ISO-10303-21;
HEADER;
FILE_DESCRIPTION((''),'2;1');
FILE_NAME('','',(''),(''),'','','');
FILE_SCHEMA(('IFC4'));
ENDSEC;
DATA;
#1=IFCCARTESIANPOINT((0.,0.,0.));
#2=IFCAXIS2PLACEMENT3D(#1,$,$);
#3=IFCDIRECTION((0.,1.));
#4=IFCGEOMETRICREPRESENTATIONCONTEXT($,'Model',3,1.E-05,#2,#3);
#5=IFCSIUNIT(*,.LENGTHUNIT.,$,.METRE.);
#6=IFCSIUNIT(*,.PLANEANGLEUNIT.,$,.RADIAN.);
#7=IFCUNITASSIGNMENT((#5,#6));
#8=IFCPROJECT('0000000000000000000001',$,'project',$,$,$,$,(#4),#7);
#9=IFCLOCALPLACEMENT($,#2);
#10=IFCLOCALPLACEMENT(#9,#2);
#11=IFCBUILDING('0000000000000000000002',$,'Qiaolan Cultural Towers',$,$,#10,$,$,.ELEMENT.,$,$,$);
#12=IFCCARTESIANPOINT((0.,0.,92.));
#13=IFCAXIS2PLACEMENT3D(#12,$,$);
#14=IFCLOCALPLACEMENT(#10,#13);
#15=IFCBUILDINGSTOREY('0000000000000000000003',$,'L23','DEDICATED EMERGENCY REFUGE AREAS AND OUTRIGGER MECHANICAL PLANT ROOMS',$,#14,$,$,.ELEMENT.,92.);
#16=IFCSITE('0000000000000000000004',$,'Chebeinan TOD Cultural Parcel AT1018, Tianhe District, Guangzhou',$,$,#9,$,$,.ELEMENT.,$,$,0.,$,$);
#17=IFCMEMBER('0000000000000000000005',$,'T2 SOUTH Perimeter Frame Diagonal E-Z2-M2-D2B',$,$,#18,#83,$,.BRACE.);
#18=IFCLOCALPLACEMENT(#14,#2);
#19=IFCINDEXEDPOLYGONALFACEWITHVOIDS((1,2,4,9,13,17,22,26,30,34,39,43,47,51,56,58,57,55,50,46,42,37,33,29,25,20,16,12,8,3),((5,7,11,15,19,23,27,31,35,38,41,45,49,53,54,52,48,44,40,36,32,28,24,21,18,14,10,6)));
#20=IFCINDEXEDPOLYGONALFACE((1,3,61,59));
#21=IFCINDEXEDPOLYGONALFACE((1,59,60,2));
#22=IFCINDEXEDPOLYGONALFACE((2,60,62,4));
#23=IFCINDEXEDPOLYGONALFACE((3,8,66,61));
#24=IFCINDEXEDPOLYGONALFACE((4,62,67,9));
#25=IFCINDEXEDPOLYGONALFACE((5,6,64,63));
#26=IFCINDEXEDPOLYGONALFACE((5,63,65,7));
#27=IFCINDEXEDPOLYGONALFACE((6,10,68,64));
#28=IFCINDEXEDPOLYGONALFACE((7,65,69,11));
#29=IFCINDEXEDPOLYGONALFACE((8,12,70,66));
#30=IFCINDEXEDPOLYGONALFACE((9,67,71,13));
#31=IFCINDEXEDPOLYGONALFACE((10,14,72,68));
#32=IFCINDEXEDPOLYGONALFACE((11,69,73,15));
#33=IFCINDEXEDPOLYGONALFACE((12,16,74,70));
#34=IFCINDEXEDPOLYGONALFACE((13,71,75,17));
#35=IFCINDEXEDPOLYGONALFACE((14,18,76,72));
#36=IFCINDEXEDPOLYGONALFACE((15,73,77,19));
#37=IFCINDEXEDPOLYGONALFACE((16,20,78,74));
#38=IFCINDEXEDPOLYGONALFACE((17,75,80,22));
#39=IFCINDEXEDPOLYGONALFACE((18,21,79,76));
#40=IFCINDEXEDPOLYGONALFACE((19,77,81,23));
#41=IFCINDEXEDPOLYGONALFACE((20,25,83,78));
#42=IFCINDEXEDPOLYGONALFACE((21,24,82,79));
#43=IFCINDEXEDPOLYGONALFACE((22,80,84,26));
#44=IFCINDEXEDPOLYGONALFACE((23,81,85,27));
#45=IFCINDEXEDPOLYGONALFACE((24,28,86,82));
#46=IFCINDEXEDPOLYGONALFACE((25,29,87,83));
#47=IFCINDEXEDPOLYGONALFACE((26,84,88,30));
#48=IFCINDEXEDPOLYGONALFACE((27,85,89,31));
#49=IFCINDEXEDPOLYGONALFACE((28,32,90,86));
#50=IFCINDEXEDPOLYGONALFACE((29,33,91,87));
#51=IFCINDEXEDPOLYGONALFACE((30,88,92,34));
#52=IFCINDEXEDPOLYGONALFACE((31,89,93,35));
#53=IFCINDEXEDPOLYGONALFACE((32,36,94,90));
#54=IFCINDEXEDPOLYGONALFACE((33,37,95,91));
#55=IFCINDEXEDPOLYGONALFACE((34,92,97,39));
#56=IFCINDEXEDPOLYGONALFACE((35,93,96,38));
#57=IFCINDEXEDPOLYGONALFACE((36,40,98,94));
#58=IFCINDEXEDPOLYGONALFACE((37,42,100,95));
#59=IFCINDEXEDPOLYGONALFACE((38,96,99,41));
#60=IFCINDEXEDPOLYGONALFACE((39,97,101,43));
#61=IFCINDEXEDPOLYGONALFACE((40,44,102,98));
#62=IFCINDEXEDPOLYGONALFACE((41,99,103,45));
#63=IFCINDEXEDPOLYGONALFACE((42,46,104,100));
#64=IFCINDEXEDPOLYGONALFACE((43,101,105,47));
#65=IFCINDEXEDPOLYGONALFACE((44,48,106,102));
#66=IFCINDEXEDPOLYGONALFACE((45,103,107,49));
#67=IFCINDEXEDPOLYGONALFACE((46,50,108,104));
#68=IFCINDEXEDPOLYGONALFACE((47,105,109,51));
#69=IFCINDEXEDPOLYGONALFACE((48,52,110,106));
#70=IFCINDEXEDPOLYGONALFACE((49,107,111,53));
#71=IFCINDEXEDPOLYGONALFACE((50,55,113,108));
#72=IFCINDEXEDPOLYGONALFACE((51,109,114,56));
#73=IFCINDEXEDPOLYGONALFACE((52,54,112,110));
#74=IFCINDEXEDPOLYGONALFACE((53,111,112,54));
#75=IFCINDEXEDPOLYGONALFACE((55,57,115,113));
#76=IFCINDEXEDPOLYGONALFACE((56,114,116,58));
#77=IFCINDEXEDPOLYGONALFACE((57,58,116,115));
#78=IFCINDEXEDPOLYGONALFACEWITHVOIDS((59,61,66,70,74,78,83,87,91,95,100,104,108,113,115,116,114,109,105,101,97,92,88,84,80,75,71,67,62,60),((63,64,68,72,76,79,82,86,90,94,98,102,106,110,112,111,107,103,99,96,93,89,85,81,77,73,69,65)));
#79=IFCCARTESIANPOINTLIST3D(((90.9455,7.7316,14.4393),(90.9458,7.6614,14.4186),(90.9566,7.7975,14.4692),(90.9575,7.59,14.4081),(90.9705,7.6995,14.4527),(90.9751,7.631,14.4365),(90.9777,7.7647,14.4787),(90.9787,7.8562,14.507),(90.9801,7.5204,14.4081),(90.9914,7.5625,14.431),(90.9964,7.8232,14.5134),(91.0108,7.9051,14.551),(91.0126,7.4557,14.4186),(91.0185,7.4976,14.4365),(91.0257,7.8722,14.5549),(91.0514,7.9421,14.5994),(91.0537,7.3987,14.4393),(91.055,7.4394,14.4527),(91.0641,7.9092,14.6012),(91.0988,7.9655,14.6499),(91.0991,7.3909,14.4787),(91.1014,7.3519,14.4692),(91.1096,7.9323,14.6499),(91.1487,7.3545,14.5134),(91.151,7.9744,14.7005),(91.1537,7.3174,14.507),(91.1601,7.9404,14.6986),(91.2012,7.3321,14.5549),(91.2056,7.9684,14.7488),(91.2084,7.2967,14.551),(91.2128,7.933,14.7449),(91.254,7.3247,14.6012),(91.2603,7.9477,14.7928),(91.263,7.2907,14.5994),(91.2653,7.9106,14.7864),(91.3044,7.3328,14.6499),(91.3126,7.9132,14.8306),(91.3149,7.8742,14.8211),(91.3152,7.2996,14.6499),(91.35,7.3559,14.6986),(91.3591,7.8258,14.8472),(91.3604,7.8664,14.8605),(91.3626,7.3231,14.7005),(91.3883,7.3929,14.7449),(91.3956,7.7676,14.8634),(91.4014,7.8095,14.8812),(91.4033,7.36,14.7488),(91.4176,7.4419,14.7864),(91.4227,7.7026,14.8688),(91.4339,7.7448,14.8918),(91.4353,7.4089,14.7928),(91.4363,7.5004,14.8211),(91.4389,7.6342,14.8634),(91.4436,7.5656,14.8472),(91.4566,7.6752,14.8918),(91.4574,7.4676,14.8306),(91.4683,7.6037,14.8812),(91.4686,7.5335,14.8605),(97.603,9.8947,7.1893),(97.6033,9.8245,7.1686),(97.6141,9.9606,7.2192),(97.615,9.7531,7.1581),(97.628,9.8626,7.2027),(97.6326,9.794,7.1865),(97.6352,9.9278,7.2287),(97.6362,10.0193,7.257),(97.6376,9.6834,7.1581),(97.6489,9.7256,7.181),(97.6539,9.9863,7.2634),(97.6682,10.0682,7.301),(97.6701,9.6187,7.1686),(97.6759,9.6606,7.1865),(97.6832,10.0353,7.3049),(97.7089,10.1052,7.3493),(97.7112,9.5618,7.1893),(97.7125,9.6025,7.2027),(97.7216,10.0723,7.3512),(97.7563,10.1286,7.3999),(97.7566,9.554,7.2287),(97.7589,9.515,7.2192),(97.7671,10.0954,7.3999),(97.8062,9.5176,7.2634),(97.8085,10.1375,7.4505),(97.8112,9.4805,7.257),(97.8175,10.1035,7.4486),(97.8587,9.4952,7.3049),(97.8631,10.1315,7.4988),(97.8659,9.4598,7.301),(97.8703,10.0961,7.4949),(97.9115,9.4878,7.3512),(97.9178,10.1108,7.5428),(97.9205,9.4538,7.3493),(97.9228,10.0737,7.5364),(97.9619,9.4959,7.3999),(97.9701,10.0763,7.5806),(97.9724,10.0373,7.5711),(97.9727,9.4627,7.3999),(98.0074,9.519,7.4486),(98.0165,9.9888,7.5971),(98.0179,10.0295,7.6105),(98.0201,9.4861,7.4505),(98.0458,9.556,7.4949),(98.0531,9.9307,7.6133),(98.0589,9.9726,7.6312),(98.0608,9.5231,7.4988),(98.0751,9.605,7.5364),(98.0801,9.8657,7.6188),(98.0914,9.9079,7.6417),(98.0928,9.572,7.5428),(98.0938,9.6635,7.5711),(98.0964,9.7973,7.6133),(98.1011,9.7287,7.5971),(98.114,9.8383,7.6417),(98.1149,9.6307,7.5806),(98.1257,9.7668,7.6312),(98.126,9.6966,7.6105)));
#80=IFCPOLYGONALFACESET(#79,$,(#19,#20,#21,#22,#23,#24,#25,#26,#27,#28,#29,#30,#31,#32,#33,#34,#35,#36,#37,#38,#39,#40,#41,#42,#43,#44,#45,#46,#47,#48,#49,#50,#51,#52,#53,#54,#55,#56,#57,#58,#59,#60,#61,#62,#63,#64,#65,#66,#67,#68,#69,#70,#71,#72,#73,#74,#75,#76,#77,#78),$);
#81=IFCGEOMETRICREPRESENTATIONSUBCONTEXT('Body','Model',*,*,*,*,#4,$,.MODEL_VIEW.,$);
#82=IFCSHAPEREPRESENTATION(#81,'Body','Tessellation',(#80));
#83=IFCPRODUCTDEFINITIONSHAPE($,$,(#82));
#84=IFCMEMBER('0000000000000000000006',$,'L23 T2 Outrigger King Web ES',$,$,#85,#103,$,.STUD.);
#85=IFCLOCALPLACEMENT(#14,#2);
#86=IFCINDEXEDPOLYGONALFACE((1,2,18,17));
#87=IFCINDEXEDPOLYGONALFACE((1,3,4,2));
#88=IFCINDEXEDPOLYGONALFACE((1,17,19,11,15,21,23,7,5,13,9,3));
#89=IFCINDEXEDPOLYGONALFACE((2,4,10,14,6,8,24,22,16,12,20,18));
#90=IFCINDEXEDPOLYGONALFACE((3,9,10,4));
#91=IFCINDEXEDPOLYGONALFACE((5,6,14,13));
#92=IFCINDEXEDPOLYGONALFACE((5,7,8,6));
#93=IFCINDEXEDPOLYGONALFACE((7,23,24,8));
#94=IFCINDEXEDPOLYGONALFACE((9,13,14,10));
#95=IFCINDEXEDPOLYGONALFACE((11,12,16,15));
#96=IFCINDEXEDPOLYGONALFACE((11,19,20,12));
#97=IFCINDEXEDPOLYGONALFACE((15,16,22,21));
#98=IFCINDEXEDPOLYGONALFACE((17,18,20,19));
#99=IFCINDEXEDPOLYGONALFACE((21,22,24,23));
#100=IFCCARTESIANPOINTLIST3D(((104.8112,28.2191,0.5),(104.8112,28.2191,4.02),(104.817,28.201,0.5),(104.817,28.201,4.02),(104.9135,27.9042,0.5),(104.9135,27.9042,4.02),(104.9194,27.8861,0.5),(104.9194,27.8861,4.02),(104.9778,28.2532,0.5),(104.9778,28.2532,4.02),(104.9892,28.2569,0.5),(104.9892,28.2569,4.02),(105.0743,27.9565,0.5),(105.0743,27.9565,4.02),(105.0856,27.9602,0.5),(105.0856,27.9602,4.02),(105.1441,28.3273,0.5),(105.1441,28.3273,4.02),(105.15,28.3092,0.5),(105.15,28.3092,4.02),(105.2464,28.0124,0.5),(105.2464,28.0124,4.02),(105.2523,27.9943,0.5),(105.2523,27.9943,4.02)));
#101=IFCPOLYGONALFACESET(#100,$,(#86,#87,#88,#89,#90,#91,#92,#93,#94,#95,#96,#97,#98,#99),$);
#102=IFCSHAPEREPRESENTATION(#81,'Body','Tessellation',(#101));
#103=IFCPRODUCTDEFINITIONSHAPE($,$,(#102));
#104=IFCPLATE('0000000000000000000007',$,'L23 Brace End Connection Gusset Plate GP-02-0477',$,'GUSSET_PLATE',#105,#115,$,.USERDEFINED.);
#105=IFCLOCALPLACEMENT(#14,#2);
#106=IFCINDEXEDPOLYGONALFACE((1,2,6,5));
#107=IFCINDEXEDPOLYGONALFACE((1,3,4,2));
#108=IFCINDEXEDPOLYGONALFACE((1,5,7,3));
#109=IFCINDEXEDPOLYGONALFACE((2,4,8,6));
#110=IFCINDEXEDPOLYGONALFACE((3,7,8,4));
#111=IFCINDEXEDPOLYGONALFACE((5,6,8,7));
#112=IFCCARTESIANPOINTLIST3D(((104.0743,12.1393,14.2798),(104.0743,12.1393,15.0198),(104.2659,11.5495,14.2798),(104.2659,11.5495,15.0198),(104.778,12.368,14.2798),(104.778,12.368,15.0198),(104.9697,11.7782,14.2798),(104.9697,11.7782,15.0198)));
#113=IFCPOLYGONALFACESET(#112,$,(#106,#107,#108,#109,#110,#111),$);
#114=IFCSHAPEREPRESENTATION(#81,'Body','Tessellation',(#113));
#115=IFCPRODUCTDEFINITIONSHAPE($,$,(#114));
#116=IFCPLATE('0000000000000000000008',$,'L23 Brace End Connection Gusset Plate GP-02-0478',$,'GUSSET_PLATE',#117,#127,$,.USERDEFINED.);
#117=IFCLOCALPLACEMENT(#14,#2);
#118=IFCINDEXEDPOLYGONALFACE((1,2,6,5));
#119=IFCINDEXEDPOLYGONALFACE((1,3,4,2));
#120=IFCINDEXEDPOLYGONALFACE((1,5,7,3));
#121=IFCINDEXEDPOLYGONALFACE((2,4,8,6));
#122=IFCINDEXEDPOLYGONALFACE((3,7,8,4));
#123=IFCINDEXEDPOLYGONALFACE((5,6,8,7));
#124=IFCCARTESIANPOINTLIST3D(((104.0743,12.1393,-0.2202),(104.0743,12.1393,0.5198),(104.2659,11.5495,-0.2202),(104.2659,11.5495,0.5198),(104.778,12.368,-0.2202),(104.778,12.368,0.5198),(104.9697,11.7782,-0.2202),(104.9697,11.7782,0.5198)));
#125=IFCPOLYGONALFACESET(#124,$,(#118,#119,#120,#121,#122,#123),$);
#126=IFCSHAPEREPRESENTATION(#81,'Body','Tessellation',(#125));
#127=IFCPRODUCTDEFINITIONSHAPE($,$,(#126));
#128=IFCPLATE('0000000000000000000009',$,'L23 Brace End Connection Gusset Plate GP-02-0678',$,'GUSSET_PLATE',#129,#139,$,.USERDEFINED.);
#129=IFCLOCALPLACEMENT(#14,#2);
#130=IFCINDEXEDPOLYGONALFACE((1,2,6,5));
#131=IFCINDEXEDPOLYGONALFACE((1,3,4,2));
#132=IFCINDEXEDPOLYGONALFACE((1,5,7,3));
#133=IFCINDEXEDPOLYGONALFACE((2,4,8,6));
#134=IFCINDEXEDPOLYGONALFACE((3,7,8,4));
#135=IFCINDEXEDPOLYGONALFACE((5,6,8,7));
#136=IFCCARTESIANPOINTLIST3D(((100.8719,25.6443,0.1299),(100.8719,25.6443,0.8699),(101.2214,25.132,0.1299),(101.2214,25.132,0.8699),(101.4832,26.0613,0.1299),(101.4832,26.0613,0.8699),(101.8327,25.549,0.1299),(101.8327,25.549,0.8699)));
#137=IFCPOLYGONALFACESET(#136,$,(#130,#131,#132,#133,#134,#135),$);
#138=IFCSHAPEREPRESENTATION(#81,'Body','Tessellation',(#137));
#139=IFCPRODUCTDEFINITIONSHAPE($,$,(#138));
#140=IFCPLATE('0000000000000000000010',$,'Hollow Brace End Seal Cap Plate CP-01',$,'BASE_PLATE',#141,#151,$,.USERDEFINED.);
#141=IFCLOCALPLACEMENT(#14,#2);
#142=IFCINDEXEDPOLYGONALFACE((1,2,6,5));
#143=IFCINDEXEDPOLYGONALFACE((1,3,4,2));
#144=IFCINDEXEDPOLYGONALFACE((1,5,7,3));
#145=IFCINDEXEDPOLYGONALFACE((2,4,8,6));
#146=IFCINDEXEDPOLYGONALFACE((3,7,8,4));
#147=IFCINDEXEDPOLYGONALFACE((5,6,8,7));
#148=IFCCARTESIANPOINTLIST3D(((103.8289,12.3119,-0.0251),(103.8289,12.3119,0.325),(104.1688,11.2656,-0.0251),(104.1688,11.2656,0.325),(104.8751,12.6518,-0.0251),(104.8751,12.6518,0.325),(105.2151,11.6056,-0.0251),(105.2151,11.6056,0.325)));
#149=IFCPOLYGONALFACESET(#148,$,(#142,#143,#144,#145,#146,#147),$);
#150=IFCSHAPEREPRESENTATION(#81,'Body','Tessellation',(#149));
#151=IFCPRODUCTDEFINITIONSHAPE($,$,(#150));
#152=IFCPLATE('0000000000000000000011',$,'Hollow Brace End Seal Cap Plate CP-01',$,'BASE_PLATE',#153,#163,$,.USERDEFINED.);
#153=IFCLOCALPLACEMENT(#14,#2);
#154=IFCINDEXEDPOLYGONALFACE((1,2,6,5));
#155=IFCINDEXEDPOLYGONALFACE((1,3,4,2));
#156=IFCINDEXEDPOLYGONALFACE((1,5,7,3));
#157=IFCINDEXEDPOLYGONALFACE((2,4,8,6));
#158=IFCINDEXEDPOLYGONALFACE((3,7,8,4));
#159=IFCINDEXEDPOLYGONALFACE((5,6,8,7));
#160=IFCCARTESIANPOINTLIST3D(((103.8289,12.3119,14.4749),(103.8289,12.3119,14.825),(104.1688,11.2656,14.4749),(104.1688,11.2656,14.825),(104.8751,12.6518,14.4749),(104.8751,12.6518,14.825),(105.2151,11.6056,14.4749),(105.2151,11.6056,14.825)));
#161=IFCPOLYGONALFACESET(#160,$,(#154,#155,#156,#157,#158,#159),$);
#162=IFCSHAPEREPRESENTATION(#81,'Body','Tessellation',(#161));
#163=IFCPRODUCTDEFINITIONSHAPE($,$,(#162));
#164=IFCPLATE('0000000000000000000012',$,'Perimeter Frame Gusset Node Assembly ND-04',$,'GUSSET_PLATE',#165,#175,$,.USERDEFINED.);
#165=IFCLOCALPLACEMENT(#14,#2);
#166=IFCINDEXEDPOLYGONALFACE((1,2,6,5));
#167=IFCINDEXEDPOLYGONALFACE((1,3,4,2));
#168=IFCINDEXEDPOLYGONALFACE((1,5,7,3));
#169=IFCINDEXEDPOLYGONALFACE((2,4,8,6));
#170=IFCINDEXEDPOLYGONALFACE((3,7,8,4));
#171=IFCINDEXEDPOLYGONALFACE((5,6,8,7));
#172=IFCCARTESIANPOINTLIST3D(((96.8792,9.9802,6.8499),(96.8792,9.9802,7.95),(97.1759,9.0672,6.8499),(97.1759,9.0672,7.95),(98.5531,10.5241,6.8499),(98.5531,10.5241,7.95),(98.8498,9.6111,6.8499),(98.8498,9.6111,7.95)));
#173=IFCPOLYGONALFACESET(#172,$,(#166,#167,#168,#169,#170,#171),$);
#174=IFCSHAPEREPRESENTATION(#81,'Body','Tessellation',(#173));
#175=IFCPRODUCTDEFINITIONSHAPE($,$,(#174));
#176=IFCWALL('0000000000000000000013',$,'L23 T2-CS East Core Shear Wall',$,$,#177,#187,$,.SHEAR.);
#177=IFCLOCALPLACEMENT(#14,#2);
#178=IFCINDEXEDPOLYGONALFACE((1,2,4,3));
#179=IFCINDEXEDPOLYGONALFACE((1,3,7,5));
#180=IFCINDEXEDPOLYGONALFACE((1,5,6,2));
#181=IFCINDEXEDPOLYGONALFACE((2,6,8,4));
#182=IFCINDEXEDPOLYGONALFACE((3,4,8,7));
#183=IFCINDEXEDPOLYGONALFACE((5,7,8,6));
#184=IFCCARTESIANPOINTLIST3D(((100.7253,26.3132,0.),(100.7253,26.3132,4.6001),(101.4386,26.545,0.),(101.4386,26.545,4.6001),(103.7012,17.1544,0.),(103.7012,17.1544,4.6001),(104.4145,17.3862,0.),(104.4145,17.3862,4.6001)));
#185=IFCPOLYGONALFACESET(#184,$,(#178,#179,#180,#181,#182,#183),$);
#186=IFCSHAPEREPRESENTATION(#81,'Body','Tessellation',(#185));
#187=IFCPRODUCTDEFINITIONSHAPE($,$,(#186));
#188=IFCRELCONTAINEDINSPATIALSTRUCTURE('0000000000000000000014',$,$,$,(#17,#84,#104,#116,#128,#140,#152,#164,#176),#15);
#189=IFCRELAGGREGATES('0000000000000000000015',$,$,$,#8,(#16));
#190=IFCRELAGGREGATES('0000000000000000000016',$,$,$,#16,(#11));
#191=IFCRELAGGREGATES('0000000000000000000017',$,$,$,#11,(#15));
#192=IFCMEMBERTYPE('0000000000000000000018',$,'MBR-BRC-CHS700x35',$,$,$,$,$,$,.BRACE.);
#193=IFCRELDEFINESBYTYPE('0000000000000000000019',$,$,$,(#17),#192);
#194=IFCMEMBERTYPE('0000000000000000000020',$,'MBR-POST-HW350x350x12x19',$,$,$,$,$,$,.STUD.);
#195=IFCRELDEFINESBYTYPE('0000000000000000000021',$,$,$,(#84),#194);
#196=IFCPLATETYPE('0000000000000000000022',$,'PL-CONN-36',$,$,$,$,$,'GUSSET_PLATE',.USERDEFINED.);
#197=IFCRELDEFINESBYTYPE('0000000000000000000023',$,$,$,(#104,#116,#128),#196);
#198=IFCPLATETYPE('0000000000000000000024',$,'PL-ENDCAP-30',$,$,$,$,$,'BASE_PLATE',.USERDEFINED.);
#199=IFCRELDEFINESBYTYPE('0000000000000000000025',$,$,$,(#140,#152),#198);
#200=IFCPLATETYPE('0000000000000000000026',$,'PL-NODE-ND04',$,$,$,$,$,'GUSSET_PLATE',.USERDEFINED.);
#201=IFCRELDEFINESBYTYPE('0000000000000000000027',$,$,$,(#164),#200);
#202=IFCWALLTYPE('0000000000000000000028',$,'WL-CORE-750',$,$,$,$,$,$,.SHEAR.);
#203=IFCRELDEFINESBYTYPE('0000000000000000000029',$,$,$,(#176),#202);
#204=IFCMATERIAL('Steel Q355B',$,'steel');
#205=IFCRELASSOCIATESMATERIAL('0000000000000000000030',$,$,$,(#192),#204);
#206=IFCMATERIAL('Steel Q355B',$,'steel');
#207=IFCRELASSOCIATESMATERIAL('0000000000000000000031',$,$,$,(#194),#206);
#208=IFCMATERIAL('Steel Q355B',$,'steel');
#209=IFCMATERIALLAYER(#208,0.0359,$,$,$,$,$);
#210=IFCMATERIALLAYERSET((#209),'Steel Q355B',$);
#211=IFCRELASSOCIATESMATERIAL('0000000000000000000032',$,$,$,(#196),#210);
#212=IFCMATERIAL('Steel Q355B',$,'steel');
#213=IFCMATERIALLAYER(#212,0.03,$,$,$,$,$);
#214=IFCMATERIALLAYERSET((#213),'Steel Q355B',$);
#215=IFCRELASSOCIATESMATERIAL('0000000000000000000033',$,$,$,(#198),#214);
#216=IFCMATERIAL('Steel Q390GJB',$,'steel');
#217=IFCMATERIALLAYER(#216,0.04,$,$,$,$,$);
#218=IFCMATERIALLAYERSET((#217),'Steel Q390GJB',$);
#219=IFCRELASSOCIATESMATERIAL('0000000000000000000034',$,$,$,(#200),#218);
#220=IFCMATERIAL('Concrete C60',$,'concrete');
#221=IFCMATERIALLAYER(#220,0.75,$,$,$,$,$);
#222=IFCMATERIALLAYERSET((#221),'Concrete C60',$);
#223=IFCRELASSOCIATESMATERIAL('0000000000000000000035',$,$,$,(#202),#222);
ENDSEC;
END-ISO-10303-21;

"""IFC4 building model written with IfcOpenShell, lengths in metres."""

from ifc_helpers import new_model, si_unit, direction, frame, frame_2d, origin, origin_2d, place, context, subcontext, project, spatial, rectangle, hollow_circle, i_section, extrude, material, layer, layer_set, material_profile, profile_set, type_object, element, save


model = new_model("IFC4")

# Units and contexts
model_context = context("Model", 3, precision=1e-05, world=origin(), true_north=direction((0.0, 1.0)))
body_context = subcontext(model_context, "Body", "Model", "MODEL_VIEW")
ifc_project = project(units=[si_unit("LENGTHUNIT", "METRE"), si_unit("PLANEANGLEUNIT", "RADIAN")], contexts=[model_context])

# Site, building, storey
site_placement = place(None, origin())
site = spatial("IfcSite", under=ifc_project, at=site_placement, Name="Chebeinan TOD Cultural Parcel AT1018, Tianhe District, Guangzhou", CompositionType="ELEMENT", RefElevation=0.0)
building_placement = place(site_placement, origin())
building = spatial("IfcBuilding", under=site, at=building_placement, Name="Qiaolan Cultural Towers", CompositionType="ELEMENT")
storey_placement = place(building_placement, frame((0.0, 0.0, 92.0)))
storey = spatial("IfcBuildingStorey", under=building, at=storey_placement, Name="L23", Description="DEDICATED EMERGENCY REFUGE AREAS AND OUTRIGGER MECHANICAL PLANT ROOMS", CompositionType="ELEMENT", Elevation=92.0)

# Members
ifc_material_1 = material(Name="Steel Q355B", Category="steel")
ifc_material_profile_1 = material_profile(ifc_material_1, hollow_circle(Radius=0.3501, WallThickness=0.0349, at=origin_2d()), Name="CHS700x35")
ifc_profile_set_1 = profile_set([ifc_material_profile_1], Name="Steel Q355B")
member_type_1 = type_object("IfcMemberType", Name="MBR-BRC-CHS700x35", PredefinedType="BRACE", material=ifc_profile_set_1)
for number, where, z_axis, x_axis, name in (
    (1, (97.8645, 9.7957, 7.3999), (-0.660603, -0.214637, 0.719398), (0.30901, -0.951059, 0.0), "T2 SOUTH Perimeter Frame Diagonal E-Z2-M2-D2B"),
):
    element("IfcMember", number, at=place(storey_placement, frame(where, z_axis=z_axis, x_axis=x_axis)), inside=storey, type_object=member_type_1, Name=name, PredefinedType="BRACE", context=body_context, shape_type="SweptSolid", body=[
        extrude(hollow_circle(Radius=0.3501, WallThickness=0.0349, at=origin_2d()), origin(), (0.0, 0.0, 1.0), 10.0779),
    ])
ifc_material_2 = material(Name="Steel Q355B", Category="steel")
ifc_material_profile_2 = material_profile(ifc_material_2, i_section(OverallWidth=0.3501, OverallDepth=0.3501, WebThickness=0.012, FlangeThickness=0.019, at=origin_2d()), Name="HW350x350x12x19")
ifc_profile_set_2 = profile_set([ifc_material_profile_2], Name="Steel Q355B")
member_type_2 = type_object("IfcMemberType", Name="MBR-POST-HW350x350x12x19", PredefinedType="STUD", material=ifc_profile_set_2)
member_placement = place(storey_placement, frame((105.0317, 28.1067, 0.5), z_axis=(0.0, 0.0, 1.0), x_axis=(0.951057, 0.309017, 0.0)))
element("IfcMember", 2, at=member_placement, inside=storey, type_object=member_type_2, Name="L23 T2 Outrigger King Web ES", PredefinedType="STUD", context=body_context, shape_type="SweptSolid", body=[
    extrude(i_section(OverallWidth=0.3501, OverallDepth=0.3501, WebThickness=0.012, FlangeThickness=0.019, at=origin_2d()), origin(), (0.0, 0.0, 1.0), 3.52),
])

# Plates
ifc_material_3 = material(Name="Steel Q355B", Category="steel")
ifc_layer_1 = layer(ifc_material_3, 0.0359)
ifc_layer_set_1 = layer_set([ifc_layer_1], Name="Steel Q355B")
plate_type_1 = type_object("IfcPlateType", Name="PL-CONN-36", ElementType="GUSSET_PLATE", PredefinedType="USERDEFINED", material=ifc_layer_set_1)
for number, where, z_axis, x_axis, name in (
    (3, (104.522, 11.9587, 14.2798), (0.0, 0.0, 1.0), (0.951057, 0.309017, 0.0), "L23 Brace End Connection Gusset Plate GP-02-0477"),
    (4, (104.522, 11.9587, -0.2202), (0.0, 0.0, 1.0), (0.951057, 0.309017, 0.0), "L23 Brace End Connection Gusset Plate GP-02-0478"),
    (5, (101.3523, 25.5967, 0.1299), (0.0, 0.0, 1.0), (0.82611, 0.563509, 0.0), "L23 Brace End Connection Gusset Plate GP-02-0678"),
):
    element("IfcPlate", number, at=place(storey_placement, frame(where, z_axis=z_axis, x_axis=x_axis)), inside=storey, type_object=plate_type_1, Name=name, ObjectType="GUSSET_PLATE", PredefinedType="USERDEFINED", context=body_context, shape_type="SweptSolid", body=[
        extrude(rectangle(XDim=0.74, YDim=0.6201, at=origin_2d()), origin(), (0.0, 0.0, 1.0), 0.74),
    ])
ifc_material_4 = material(Name="Steel Q355B", Category="steel")
ifc_layer_2 = layer(ifc_material_4, 0.03)
ifc_layer_set_2 = layer_set([ifc_layer_2], Name="Steel Q355B")
plate_type_2 = type_object("IfcPlateType", Name="PL-ENDCAP-30", ElementType="BASE_PLATE", PredefinedType="USERDEFINED", material=ifc_layer_set_2)
for number, where, z_axis, x_axis, name in (
    (6, (104.522, 11.9587, -0.0251), (0.0, 0.0, 1.0), (0.951057, 0.309017, 0.0), "Hollow Brace End Seal Cap Plate CP-01"),
    (7, (104.522, 11.9587, 14.4749), (0.0, 0.0, 1.0), (0.951057, 0.309017, 0.0), "Hollow Brace End Seal Cap Plate CP-01"),
):
    element("IfcPlate", number, at=place(storey_placement, frame(where, z_axis=z_axis, x_axis=x_axis)), inside=storey, type_object=plate_type_2, Name=name, ObjectType="BASE_PLATE", PredefinedType="USERDEFINED", context=body_context, shape_type="SweptSolid", body=[
        extrude(rectangle(XDim=1.1001, YDim=1.1001, at=origin_2d()), origin(), (0.0, 0.0, 1.0), 0.3501),
    ])
ifc_material_5 = material(Name="Steel Q390GJB", Category="steel")
ifc_layer_3 = layer(ifc_material_5, 0.04)
ifc_layer_set_3 = layer_set([ifc_layer_3], Name="Steel Q390GJB")
plate_type_3 = type_object("IfcPlateType", Name="PL-NODE-ND04", ElementType="GUSSET_PLATE", PredefinedType="USERDEFINED", material=ifc_layer_set_3)
plate_placement = place(storey_placement, frame((97.8645, 9.7957, 6.8499), z_axis=(0.0, 0.0, 1.0), x_axis=(0.951057, 0.309017, 0.0)))
element("IfcPlate", 8, at=plate_placement, inside=storey, type_object=plate_type_3, Name="Perimeter Frame Gusset Node Assembly ND-04", ObjectType="GUSSET_PLATE", PredefinedType="USERDEFINED", context=body_context, shape_type="SweptSolid", body=[
    extrude(rectangle(XDim=1.76, YDim=0.96, at=origin_2d()), origin(), (0.0, 0.0, 1.0), 1.1001),
])

# Wall
ifc_material_6 = material(Name="Concrete C60", Category="concrete")
ifc_layer_4 = layer(ifc_material_6, 0.75)
ifc_layer_set_4 = layer_set([ifc_layer_4], Name="Concrete C60")
wall_type_1 = type_object("IfcWallType", Name="WL-CORE-750", PredefinedType="SHEAR", material=ifc_layer_set_4)
wall_1_placement = place(storey_placement, frame((101.082, 26.429, 0.0), z_axis=(0.0, 0.0, 1.0), x_axis=(0.309016, -0.951057, 0.0)))
element("IfcWall", 9, at=wall_1_placement, inside=storey, type_object=wall_type_1, Name="L23 T2-CS East Core Shear Wall", PredefinedType="SHEAR", context=body_context, shape_type="SweptSolid", body=[
    extrude(rectangle(XDim=9.6301, YDim=0.75, at=frame_2d((4.8149, 0.0))), origin(), (0.0, 0.0, 1.0), 4.6001),
])

save(model, "model.ifc")
